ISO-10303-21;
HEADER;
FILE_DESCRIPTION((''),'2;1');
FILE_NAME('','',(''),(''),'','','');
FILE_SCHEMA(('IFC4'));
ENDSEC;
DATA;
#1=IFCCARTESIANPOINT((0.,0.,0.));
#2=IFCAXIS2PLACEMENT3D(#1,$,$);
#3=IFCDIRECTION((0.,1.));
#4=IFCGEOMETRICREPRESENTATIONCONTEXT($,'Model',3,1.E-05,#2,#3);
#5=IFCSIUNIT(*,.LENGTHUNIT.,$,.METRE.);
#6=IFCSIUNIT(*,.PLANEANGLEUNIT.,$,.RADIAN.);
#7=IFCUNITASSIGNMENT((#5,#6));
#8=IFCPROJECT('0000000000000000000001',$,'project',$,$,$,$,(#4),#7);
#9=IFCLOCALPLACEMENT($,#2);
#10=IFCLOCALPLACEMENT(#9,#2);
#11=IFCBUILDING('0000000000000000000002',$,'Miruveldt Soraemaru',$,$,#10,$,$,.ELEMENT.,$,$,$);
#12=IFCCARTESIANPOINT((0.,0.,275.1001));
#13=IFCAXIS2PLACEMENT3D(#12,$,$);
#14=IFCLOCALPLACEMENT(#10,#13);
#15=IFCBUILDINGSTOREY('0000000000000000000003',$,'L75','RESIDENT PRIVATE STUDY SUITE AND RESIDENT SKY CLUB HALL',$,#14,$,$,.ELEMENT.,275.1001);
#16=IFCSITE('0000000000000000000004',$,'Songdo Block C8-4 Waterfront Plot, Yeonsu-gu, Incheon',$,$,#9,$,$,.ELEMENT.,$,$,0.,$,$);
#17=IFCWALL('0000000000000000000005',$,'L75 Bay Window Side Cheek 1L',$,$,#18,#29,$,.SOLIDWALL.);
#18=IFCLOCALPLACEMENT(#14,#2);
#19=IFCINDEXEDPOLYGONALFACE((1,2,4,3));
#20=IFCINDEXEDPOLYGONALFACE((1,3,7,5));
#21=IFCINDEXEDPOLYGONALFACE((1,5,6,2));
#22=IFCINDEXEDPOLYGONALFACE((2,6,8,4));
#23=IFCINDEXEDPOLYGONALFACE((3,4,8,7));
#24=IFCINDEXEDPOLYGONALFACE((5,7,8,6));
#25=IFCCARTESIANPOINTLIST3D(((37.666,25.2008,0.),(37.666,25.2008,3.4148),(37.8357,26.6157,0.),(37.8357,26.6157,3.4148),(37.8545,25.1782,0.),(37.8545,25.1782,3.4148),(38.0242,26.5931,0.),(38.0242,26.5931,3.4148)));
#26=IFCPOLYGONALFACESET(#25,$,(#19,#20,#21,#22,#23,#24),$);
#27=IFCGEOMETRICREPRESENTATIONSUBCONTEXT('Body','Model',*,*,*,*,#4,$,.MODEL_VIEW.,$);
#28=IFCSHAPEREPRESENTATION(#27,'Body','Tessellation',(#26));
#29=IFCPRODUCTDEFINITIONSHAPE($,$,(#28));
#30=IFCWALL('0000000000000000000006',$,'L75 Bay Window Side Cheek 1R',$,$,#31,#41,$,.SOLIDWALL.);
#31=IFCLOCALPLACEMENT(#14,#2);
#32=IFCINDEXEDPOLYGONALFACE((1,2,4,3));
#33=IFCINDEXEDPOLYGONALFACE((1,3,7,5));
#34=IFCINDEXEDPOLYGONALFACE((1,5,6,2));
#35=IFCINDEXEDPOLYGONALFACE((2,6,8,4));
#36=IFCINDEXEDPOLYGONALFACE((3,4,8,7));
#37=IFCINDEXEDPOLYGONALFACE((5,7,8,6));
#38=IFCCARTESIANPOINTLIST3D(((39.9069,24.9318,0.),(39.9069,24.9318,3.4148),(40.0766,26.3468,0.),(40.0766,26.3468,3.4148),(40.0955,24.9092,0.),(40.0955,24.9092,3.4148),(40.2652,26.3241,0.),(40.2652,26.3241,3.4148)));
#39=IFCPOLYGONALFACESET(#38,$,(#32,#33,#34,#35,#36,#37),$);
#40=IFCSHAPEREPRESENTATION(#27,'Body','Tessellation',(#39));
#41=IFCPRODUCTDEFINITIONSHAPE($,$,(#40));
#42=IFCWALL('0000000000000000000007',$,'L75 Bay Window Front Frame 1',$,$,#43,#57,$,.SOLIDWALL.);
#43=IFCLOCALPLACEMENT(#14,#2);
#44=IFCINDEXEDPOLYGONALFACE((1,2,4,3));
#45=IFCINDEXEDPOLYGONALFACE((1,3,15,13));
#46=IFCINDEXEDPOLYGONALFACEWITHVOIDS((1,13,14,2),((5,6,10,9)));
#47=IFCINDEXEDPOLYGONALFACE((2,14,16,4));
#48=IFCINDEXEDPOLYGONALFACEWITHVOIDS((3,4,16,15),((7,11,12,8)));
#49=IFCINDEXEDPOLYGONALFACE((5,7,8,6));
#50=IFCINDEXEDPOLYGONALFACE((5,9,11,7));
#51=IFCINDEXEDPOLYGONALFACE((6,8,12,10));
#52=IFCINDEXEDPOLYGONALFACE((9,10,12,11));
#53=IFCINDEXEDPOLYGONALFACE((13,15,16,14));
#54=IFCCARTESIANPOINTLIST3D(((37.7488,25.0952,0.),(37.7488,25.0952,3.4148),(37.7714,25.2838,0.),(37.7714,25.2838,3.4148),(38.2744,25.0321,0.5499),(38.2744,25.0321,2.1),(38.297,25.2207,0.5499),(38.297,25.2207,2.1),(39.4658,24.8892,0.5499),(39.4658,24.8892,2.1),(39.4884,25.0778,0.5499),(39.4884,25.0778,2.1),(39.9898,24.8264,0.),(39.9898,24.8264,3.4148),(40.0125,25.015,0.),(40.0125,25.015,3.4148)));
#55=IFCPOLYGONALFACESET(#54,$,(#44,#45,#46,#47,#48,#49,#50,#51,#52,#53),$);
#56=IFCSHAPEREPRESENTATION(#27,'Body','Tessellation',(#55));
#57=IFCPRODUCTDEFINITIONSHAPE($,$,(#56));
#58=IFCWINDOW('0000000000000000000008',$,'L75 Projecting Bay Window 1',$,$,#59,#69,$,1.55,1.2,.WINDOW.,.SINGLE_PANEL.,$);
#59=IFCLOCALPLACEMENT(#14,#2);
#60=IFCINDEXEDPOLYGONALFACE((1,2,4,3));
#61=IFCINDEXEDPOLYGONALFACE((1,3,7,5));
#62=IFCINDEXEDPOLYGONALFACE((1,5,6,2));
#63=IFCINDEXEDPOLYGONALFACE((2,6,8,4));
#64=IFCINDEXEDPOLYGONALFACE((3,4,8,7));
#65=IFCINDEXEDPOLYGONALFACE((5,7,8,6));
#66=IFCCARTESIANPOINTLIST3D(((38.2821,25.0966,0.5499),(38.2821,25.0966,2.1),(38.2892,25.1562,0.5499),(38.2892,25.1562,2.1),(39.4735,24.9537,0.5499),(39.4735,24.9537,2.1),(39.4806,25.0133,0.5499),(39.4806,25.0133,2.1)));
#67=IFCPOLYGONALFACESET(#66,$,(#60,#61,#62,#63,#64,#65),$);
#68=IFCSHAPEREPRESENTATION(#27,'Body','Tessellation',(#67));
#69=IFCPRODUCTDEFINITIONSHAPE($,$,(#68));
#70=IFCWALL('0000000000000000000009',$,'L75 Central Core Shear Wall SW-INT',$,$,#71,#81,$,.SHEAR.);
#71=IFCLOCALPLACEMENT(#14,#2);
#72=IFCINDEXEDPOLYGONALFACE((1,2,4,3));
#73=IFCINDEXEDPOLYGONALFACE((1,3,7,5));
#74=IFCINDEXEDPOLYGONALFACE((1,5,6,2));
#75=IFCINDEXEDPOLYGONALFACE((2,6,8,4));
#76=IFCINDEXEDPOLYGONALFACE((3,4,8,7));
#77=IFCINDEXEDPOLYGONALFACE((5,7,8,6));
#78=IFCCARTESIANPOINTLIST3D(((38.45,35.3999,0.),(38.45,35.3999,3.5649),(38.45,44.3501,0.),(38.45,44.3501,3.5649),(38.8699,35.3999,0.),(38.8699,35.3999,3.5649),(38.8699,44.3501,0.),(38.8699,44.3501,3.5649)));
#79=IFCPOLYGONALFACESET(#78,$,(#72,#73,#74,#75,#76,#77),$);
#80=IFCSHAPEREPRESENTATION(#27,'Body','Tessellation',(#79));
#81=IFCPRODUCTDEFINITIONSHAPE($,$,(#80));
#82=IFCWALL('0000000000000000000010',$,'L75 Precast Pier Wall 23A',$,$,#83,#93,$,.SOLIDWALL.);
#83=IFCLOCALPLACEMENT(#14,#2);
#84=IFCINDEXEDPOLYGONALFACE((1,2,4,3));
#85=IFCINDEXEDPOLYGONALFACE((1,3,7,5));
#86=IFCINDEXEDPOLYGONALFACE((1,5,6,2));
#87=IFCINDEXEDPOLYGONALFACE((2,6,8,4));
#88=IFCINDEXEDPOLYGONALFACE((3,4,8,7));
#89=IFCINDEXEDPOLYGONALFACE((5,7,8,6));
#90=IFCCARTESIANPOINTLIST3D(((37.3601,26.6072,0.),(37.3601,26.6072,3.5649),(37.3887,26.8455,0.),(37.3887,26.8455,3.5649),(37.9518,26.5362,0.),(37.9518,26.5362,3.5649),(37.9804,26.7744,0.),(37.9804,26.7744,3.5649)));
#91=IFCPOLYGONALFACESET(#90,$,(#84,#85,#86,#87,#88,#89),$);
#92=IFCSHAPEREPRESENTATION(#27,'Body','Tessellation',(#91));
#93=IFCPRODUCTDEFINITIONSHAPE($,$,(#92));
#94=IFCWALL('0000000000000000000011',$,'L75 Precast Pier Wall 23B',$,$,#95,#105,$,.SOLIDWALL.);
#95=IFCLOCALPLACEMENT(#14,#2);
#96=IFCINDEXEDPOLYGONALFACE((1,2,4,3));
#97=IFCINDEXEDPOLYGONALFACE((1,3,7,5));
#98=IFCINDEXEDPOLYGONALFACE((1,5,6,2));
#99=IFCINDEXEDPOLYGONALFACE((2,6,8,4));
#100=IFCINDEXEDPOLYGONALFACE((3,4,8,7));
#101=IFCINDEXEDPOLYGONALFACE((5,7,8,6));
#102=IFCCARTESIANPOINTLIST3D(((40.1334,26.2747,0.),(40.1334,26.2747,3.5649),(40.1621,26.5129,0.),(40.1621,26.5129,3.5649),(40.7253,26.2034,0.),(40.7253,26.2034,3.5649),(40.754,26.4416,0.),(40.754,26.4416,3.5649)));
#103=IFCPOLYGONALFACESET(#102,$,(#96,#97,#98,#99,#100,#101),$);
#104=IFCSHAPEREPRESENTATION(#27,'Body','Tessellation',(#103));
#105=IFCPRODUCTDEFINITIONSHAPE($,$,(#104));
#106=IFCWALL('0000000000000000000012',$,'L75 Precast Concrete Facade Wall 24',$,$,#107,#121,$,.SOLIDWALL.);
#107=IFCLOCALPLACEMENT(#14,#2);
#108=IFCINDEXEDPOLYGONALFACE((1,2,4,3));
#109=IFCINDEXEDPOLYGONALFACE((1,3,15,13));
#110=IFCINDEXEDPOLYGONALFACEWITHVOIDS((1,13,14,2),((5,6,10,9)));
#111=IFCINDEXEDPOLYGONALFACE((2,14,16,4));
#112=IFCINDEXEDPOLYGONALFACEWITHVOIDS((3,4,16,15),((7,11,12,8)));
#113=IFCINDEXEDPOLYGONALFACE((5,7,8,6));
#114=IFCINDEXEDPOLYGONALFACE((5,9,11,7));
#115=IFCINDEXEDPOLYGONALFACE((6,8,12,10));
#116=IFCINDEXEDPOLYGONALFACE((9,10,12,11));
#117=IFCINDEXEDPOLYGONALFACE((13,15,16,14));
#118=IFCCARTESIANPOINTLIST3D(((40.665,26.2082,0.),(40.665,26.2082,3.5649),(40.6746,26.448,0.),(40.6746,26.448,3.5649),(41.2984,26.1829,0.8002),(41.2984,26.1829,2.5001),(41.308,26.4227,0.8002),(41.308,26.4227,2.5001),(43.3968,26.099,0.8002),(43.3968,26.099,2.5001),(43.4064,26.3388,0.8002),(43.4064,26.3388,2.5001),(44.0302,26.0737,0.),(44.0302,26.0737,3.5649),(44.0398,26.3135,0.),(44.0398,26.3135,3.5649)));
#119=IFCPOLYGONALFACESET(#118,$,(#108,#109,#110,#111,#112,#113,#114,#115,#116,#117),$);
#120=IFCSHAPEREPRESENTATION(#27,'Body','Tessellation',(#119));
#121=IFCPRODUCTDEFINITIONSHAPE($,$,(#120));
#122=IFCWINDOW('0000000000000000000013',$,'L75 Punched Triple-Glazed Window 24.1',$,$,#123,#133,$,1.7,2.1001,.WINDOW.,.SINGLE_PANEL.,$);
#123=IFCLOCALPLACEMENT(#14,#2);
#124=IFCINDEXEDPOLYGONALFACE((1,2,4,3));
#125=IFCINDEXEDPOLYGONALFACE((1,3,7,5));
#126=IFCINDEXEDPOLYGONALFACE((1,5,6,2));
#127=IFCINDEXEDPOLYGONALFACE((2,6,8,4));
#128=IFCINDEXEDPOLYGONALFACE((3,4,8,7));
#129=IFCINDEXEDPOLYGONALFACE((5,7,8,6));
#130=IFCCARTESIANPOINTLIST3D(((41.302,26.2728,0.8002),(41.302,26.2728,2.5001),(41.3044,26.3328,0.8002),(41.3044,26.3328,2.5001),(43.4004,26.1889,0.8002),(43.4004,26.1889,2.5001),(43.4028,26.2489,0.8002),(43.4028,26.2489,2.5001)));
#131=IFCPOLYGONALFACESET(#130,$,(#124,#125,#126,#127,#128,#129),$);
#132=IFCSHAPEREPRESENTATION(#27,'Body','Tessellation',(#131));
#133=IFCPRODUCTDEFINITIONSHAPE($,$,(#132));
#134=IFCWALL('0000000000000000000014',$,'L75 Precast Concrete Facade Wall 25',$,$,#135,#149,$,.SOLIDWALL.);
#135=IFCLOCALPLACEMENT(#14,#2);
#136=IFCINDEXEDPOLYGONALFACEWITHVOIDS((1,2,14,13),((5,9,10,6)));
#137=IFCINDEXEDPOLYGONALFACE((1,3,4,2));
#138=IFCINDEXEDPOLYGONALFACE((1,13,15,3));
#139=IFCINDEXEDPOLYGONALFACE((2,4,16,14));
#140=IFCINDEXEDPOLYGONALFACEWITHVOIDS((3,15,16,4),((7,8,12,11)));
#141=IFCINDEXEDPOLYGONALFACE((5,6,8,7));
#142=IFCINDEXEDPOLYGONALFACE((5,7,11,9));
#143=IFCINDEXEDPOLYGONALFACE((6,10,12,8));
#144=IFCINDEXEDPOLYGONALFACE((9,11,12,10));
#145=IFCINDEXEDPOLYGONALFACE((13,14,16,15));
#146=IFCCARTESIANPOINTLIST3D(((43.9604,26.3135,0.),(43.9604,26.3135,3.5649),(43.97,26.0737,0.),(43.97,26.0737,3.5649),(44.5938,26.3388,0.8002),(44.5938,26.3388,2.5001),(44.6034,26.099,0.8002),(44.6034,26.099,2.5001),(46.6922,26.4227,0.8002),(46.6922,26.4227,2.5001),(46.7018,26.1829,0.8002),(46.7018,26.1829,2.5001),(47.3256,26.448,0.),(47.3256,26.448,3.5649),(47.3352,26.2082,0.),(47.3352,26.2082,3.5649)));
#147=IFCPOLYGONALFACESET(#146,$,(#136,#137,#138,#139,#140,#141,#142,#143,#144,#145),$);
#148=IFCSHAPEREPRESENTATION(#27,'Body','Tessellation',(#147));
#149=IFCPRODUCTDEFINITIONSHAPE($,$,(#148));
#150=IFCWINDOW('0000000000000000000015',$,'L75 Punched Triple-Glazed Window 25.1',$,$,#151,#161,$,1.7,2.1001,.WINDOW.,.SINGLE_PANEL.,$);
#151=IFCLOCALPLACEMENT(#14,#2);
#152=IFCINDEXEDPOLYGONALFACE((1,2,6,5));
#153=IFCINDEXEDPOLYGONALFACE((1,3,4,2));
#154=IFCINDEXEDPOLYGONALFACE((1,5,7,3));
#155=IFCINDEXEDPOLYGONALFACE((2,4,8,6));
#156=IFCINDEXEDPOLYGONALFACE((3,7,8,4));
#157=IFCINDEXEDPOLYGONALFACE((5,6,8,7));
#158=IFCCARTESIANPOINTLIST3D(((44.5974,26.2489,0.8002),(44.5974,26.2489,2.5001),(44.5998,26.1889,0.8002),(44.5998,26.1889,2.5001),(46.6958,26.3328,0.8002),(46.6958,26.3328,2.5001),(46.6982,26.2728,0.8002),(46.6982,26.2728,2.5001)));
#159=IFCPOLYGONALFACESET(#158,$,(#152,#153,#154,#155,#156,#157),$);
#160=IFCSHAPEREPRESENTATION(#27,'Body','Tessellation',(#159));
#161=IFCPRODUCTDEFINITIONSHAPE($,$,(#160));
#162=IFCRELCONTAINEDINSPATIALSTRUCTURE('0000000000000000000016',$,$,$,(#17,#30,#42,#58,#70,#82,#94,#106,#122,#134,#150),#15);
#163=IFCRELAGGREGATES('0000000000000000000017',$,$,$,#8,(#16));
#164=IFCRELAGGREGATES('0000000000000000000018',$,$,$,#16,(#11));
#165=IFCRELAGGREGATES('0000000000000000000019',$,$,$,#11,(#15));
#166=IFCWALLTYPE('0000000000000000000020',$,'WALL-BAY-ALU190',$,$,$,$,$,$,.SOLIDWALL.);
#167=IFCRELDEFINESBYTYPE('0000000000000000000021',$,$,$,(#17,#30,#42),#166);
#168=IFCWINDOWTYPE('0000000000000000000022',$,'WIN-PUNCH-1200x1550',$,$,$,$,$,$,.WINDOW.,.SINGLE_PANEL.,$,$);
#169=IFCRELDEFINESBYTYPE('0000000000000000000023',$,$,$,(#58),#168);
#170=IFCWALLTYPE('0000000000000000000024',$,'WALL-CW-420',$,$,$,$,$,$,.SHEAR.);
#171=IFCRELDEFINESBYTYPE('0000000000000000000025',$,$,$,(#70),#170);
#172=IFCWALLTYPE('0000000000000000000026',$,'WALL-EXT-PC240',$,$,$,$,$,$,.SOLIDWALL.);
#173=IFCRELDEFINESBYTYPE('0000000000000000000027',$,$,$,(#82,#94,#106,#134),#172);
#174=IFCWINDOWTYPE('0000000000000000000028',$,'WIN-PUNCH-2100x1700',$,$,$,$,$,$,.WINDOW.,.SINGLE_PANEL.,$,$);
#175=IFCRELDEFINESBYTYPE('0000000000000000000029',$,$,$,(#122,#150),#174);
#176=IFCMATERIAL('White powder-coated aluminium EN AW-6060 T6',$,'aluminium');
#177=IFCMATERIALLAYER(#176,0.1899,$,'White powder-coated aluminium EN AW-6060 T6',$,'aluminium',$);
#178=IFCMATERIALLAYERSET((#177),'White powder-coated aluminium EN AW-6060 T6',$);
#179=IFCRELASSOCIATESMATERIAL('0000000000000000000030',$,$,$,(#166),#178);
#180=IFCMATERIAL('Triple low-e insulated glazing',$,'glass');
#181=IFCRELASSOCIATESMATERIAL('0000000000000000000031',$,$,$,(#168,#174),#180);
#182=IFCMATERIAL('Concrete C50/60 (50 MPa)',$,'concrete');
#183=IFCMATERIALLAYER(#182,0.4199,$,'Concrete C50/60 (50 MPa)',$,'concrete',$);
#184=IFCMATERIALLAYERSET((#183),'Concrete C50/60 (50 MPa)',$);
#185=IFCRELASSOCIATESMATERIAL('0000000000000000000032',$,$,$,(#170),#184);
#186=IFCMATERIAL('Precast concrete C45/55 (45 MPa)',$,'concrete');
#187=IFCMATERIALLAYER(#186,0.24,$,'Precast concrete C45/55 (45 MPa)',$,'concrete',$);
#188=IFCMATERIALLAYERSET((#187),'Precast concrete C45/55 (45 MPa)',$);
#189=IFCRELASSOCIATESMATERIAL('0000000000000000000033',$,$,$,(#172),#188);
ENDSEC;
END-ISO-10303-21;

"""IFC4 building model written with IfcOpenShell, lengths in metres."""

from ifc_helpers import new_model, si_unit, direction, frame, frame_2d, origin, place, context, subcontext, project, spatial, rectangle, extrude, material, layer, layer_set, type_object, element, fill, save


model = new_model("IFC4")

# Units and contexts
model_context = context("Model", 3, precision=1e-05, world=origin(), true_north=direction((0.0, 1.0)))
body_context = subcontext(model_context, "Body", "Model", "MODEL_VIEW")
ifc_project = project(units=[si_unit("LENGTHUNIT", "METRE"), si_unit("PLANEANGLEUNIT", "RADIAN")], contexts=[model_context])

# Site, building, storey
site_placement = place(None, origin())
site = spatial("IfcSite", under=ifc_project, at=site_placement, Name="Songdo Block C8-4 Waterfront Plot, Yeonsu-gu, Incheon", CompositionType="ELEMENT", RefElevation=0.0)
building_placement = place(site_placement, origin())
building = spatial("IfcBuilding", under=site, at=building_placement, Name="Miruveldt Soraemaru", CompositionType="ELEMENT")
storey_placement = place(building_placement, frame((0.0, 0.0, 275.1001)))
storey = spatial("IfcBuildingStorey", under=building, at=storey_placement, Name="L75", Description="RESIDENT PRIVATE STUDY SUITE AND RESIDENT SKY CLUB HALL", CompositionType="ELEMENT", Elevation=275.1001)

# Shared definitions
ifc_material_1 = material(Name="Concrete C50/60 (50 MPa)", Category="concrete")

# Walls
ifc_material_2 = material(Name="White powder-coated aluminium EN AW-6060 T6", Category="aluminium")
ifc_layer_1 = layer(ifc_material_2, 0.1899, Name="White powder-coated aluminium EN AW-6060 T6", Category="aluminium")
ifc_layer_set_1 = layer_set([ifc_layer_1], Name="White powder-coated aluminium EN AW-6060 T6")
wall_type_1 = type_object("IfcWallType", Name="WALL-BAY-ALU190", PredefinedType="SOLIDWALL", material=ifc_layer_set_1)
for number, where, z_axis, x_axis, name in (
    (1, (37.9299, 26.6042, 0.0), (0.0, 0.0, 1.0), (-0.119078, -0.992885, 0.0), "L75 Bay Window Side Cheek 1L"),
    (2, (40.0012, 24.9207, 0.0), (0.0, 0.0, 1.0), (0.119078, 0.992885, 0.0), "L75 Bay Window Side Cheek 1R"),
):
    element("IfcWall", number, at=place(storey_placement, frame(where, z_axis=z_axis, x_axis=x_axis)), inside=storey, type_object=wall_type_1, Name=name, PredefinedType="SOLIDWALL", context=body_context, shape_type="SweptSolid", body=[
        extrude(rectangle(XDim=1.425, YDim=0.1899, at=frame_2d((0.7124, 0.0))), origin(), (0.0, 0.0, 1.0), 3.4148),
    ])

# Wall, opening, window
wall_1_placement = place(storey_placement, frame((37.7603, 25.1895, 0.0), z_axis=(0.0, 0.0, 1.0), x_axis=(0.992883, -0.119094, 0.0)))
wall_1 = element("IfcWall", 3, at=wall_1_placement, inside=storey, type_object=wall_type_1, Name="L75 Bay Window Front Frame 1", PredefinedType="SOLIDWALL", context=body_context, shape_type="SweptSolid", body=[
    extrude(rectangle(XDim=2.2571, YDim=0.1899, at=frame_2d((1.1284, 0.0))), origin(), (0.0, 0.0, 1.0), 3.4148),
])
opening_1_placement = place(wall_1_placement, frame((0.5291, 0.0, 0.55)))
opening_1 = element("IfcOpeningElement", 4, at=opening_1_placement, cuts=wall_1, PredefinedType="OPENING", context=body_context, shape_type="SweptSolid", body=[
    extrude(rectangle(XDim=1.2, YDim=1.55, at=frame_2d((0.6001, 0.7749))), frame((0.0, 0.105, 0.0), z_axis=(0.0, -1.0, 0.0), x_axis=(1.0, 0.0, 0.0)), (0.0, 0.0, 1.0), 0.21),
])
ifc_material_3 = material(Name="Triple low-e insulated glazing", Category="glass")
window_type_1 = type_object("IfcWindowType", Name="WIN-PUNCH-1200x1550", PartitioningType="SINGLE_PANEL", PredefinedType="WINDOW", material=ifc_material_3)
window_1_placement = place(opening_1_placement, origin())
window_1 = element("IfcWindow", 5, at=window_1_placement, inside=storey, type_object=window_type_1, Name="L75 Projecting Bay Window 1", OverallHeight=1.55, OverallWidth=1.2, PartitioningType="SINGLE_PANEL", PredefinedType="WINDOW", context=body_context, shape_type="SweptSolid", body=[
    extrude(rectangle(XDim=1.2, YDim=1.55, at=frame_2d((0.6001, 0.7749))), frame((0.0, 0.03, 0.0), z_axis=(0.0, -1.0, 0.0), x_axis=(1.0, 0.0, 0.0)), (0.0, 0.0, 1.0), 0.0601),
])
fill(opening_1, window_1)

# Walls
ifc_layer_2 = layer(ifc_material_1, 0.4199, Name="Concrete C50/60 (50 MPa)", Category="concrete")
ifc_layer_set_2 = layer_set([ifc_layer_2], Name="Concrete C50/60 (50 MPa)")
wall_type_2 = type_object("IfcWallType", Name="WALL-CW-420", PredefinedType="SHEAR", material=ifc_layer_set_2)
wall_2_placement = place(storey_placement, frame((38.6599, 35.3999, 0.0), z_axis=(0.0, 0.0, 1.0), x_axis=(0.0, 1.0, 0.0)))
element("IfcWall", 6, at=wall_2_placement, inside=storey, type_object=wall_type_2, Name="L75 Central Core Shear Wall SW-INT", PredefinedType="SHEAR", context=body_context, shape_type="SweptSolid", body=[
    extrude(rectangle(XDim=8.9502, YDim=0.4199, at=frame_2d((4.4751, 0.0))), origin(), (0.0, 0.0, 1.0), 3.5649),
])
ifc_material_4 = material(Name="Precast concrete C45/55 (45 MPa)", Category="concrete")
ifc_layer_3 = layer(ifc_material_4, 0.24, Name="Precast concrete C45/55 (45 MPa)", Category="concrete")
ifc_layer_set_3 = layer_set([ifc_layer_3], Name="Precast concrete C45/55 (45 MPa)")
wall_type_3 = type_object("IfcWallType", Name="WALL-EXT-PC240", PredefinedType="SOLIDWALL", material=ifc_layer_set_3)
wall_3_placement = place(storey_placement, frame((37.3745, 26.7263, 0.0), z_axis=(0.0, 0.0, 1.0), x_axis=(0.992871, -0.119194, 0.0)))
element("IfcWall", 7, at=wall_3_placement, inside=storey, type_object=wall_type_3, Name="L75 Precast Pier Wall 23A", PredefinedType="SOLIDWALL", context=body_context, shape_type="SweptSolid", body=[
    extrude(rectangle(XDim=0.5959, YDim=0.24, at=frame_2d((0.2979, 0.0))), origin(), (0.0, 0.0, 1.0), 3.5649),
])
wall_4_placement = place(storey_placement, frame((40.1477, 26.3938, 0.0), z_axis=(0.0, 0.0, 1.0), x_axis=(0.992822, -0.119597, 0.0)))
element("IfcWall", 8, at=wall_4_placement, inside=storey, type_object=wall_type_3, Name="L75 Precast Pier Wall 23B", PredefinedType="SOLIDWALL", context=body_context, shape_type="SweptSolid", body=[
    extrude(rectangle(XDim=0.5962, YDim=0.24, at=frame_2d((0.2981, 0.0))), origin(), (0.0, 0.0, 1.0), 3.5649),
])

# Walls, openings, windows
wall_5_placement = place(storey_placement, frame((40.6697, 26.3281, 0.0), z_axis=(0.0, 0.0, 1.0), x_axis=(0.999202, -0.039942, 0.0)))
wall_5 = element("IfcWall", 9, at=wall_5_placement, inside=storey, type_object=wall_type_3, Name="L75 Precast Concrete Facade Wall 24", PredefinedType="SOLIDWALL", context=body_context, shape_type="SweptSolid", body=[
    extrude(rectangle(XDim=3.3679, YDim=0.24, at=frame_2d((1.6841, 0.0))), origin(), (0.0, 0.0, 1.0), 3.5649),
])
opening_2_placement = place(wall_5_placement, frame((0.634, 0.0, 0.8)))
opening_2 = element("IfcOpeningElement", 10, at=opening_2_placement, cuts=wall_5, PredefinedType="OPENING", context=body_context, shape_type="SweptSolid", body=[
    extrude(rectangle(XDim=2.1001, YDim=1.7, at=frame_2d((1.05, 0.8501))), frame((0.0, 0.1299, 0.0), z_axis=(0.0, -1.0, 0.0), x_axis=(1.0, 0.0, 0.0)), (0.0, 0.0, 1.0), 0.26),
])
window_type_2 = type_object("IfcWindowType", Name="WIN-PUNCH-2100x1700", PartitioningType="SINGLE_PANEL", PredefinedType="WINDOW", material=ifc_material_3)
window_2_placement = place(opening_2_placement, origin())
window_2 = element("IfcWindow", 11, at=window_2_placement, inside=storey, type_object=window_type_2, Name="L75 Punched Triple-Glazed Window 24.1", OverallHeight=1.7, OverallWidth=2.1001, PartitioningType="SINGLE_PANEL", PredefinedType="WINDOW", context=body_context, shape_type="SweptSolid", body=[
    extrude(rectangle(XDim=2.1001, YDim=1.7, at=frame_2d((1.05, 0.8501))), frame((0.0, 0.03, 0.0), z_axis=(0.0, -1.0, 0.0), x_axis=(1.0, 0.0, 0.0)), (0.0, 0.0, 1.0), 0.0601),
])
fill(opening_2, window_2)
wall_6_placement = place(storey_placement, frame((43.9651, 26.1936, 0.0), z_axis=(0.0, 0.0, 1.0), x_axis=(0.999202, 0.039942, 0.0)))
wall_6 = element("IfcWall", 12, at=wall_6_placement, inside=storey, type_object=wall_type_3, Name="L75 Precast Concrete Facade Wall 25", PredefinedType="SOLIDWALL", context=body_context, shape_type="SweptSolid", body=[
    extrude(rectangle(XDim=3.3679, YDim=0.24, at=frame_2d((1.6841, 0.0))), origin(), (0.0, 0.0, 1.0), 3.5649),
])
opening_3_placement = place(wall_6_placement, frame((0.634, 0.0, 0.8)))
opening_3 = element("IfcOpeningElement", 13, at=opening_3_placement, cuts=wall_6, PredefinedType="OPENING", context=body_context, shape_type="SweptSolid", body=[
    extrude(rectangle(XDim=2.1001, YDim=1.7, at=frame_2d((1.05, 0.8501))), frame((0.0, 0.1299, 0.0), z_axis=(0.0, -1.0, 0.0), x_axis=(1.0, 0.0, 0.0)), (0.0, 0.0, 1.0), 0.26),
])
window_3_placement = place(opening_3_placement, origin())
window_3 = element("IfcWindow", 14, at=window_3_placement, inside=storey, type_object=window_type_2, Name="L75 Punched Triple-Glazed Window 25.1", OverallHeight=1.7, OverallWidth=2.1001, PartitioningType="SINGLE_PANEL", PredefinedType="WINDOW", context=body_context, shape_type="SweptSolid", body=[
    extrude(rectangle(XDim=2.1001, YDim=1.7, at=frame_2d((1.05, 0.8501))), frame((0.0, 0.03, 0.0), z_axis=(0.0, -1.0, 0.0), x_axis=(1.0, 0.0, 0.0)), (0.0, 0.0, 1.0), 0.0601),
])
fill(opening_3, window_3)

save(model, "model.ifc")
